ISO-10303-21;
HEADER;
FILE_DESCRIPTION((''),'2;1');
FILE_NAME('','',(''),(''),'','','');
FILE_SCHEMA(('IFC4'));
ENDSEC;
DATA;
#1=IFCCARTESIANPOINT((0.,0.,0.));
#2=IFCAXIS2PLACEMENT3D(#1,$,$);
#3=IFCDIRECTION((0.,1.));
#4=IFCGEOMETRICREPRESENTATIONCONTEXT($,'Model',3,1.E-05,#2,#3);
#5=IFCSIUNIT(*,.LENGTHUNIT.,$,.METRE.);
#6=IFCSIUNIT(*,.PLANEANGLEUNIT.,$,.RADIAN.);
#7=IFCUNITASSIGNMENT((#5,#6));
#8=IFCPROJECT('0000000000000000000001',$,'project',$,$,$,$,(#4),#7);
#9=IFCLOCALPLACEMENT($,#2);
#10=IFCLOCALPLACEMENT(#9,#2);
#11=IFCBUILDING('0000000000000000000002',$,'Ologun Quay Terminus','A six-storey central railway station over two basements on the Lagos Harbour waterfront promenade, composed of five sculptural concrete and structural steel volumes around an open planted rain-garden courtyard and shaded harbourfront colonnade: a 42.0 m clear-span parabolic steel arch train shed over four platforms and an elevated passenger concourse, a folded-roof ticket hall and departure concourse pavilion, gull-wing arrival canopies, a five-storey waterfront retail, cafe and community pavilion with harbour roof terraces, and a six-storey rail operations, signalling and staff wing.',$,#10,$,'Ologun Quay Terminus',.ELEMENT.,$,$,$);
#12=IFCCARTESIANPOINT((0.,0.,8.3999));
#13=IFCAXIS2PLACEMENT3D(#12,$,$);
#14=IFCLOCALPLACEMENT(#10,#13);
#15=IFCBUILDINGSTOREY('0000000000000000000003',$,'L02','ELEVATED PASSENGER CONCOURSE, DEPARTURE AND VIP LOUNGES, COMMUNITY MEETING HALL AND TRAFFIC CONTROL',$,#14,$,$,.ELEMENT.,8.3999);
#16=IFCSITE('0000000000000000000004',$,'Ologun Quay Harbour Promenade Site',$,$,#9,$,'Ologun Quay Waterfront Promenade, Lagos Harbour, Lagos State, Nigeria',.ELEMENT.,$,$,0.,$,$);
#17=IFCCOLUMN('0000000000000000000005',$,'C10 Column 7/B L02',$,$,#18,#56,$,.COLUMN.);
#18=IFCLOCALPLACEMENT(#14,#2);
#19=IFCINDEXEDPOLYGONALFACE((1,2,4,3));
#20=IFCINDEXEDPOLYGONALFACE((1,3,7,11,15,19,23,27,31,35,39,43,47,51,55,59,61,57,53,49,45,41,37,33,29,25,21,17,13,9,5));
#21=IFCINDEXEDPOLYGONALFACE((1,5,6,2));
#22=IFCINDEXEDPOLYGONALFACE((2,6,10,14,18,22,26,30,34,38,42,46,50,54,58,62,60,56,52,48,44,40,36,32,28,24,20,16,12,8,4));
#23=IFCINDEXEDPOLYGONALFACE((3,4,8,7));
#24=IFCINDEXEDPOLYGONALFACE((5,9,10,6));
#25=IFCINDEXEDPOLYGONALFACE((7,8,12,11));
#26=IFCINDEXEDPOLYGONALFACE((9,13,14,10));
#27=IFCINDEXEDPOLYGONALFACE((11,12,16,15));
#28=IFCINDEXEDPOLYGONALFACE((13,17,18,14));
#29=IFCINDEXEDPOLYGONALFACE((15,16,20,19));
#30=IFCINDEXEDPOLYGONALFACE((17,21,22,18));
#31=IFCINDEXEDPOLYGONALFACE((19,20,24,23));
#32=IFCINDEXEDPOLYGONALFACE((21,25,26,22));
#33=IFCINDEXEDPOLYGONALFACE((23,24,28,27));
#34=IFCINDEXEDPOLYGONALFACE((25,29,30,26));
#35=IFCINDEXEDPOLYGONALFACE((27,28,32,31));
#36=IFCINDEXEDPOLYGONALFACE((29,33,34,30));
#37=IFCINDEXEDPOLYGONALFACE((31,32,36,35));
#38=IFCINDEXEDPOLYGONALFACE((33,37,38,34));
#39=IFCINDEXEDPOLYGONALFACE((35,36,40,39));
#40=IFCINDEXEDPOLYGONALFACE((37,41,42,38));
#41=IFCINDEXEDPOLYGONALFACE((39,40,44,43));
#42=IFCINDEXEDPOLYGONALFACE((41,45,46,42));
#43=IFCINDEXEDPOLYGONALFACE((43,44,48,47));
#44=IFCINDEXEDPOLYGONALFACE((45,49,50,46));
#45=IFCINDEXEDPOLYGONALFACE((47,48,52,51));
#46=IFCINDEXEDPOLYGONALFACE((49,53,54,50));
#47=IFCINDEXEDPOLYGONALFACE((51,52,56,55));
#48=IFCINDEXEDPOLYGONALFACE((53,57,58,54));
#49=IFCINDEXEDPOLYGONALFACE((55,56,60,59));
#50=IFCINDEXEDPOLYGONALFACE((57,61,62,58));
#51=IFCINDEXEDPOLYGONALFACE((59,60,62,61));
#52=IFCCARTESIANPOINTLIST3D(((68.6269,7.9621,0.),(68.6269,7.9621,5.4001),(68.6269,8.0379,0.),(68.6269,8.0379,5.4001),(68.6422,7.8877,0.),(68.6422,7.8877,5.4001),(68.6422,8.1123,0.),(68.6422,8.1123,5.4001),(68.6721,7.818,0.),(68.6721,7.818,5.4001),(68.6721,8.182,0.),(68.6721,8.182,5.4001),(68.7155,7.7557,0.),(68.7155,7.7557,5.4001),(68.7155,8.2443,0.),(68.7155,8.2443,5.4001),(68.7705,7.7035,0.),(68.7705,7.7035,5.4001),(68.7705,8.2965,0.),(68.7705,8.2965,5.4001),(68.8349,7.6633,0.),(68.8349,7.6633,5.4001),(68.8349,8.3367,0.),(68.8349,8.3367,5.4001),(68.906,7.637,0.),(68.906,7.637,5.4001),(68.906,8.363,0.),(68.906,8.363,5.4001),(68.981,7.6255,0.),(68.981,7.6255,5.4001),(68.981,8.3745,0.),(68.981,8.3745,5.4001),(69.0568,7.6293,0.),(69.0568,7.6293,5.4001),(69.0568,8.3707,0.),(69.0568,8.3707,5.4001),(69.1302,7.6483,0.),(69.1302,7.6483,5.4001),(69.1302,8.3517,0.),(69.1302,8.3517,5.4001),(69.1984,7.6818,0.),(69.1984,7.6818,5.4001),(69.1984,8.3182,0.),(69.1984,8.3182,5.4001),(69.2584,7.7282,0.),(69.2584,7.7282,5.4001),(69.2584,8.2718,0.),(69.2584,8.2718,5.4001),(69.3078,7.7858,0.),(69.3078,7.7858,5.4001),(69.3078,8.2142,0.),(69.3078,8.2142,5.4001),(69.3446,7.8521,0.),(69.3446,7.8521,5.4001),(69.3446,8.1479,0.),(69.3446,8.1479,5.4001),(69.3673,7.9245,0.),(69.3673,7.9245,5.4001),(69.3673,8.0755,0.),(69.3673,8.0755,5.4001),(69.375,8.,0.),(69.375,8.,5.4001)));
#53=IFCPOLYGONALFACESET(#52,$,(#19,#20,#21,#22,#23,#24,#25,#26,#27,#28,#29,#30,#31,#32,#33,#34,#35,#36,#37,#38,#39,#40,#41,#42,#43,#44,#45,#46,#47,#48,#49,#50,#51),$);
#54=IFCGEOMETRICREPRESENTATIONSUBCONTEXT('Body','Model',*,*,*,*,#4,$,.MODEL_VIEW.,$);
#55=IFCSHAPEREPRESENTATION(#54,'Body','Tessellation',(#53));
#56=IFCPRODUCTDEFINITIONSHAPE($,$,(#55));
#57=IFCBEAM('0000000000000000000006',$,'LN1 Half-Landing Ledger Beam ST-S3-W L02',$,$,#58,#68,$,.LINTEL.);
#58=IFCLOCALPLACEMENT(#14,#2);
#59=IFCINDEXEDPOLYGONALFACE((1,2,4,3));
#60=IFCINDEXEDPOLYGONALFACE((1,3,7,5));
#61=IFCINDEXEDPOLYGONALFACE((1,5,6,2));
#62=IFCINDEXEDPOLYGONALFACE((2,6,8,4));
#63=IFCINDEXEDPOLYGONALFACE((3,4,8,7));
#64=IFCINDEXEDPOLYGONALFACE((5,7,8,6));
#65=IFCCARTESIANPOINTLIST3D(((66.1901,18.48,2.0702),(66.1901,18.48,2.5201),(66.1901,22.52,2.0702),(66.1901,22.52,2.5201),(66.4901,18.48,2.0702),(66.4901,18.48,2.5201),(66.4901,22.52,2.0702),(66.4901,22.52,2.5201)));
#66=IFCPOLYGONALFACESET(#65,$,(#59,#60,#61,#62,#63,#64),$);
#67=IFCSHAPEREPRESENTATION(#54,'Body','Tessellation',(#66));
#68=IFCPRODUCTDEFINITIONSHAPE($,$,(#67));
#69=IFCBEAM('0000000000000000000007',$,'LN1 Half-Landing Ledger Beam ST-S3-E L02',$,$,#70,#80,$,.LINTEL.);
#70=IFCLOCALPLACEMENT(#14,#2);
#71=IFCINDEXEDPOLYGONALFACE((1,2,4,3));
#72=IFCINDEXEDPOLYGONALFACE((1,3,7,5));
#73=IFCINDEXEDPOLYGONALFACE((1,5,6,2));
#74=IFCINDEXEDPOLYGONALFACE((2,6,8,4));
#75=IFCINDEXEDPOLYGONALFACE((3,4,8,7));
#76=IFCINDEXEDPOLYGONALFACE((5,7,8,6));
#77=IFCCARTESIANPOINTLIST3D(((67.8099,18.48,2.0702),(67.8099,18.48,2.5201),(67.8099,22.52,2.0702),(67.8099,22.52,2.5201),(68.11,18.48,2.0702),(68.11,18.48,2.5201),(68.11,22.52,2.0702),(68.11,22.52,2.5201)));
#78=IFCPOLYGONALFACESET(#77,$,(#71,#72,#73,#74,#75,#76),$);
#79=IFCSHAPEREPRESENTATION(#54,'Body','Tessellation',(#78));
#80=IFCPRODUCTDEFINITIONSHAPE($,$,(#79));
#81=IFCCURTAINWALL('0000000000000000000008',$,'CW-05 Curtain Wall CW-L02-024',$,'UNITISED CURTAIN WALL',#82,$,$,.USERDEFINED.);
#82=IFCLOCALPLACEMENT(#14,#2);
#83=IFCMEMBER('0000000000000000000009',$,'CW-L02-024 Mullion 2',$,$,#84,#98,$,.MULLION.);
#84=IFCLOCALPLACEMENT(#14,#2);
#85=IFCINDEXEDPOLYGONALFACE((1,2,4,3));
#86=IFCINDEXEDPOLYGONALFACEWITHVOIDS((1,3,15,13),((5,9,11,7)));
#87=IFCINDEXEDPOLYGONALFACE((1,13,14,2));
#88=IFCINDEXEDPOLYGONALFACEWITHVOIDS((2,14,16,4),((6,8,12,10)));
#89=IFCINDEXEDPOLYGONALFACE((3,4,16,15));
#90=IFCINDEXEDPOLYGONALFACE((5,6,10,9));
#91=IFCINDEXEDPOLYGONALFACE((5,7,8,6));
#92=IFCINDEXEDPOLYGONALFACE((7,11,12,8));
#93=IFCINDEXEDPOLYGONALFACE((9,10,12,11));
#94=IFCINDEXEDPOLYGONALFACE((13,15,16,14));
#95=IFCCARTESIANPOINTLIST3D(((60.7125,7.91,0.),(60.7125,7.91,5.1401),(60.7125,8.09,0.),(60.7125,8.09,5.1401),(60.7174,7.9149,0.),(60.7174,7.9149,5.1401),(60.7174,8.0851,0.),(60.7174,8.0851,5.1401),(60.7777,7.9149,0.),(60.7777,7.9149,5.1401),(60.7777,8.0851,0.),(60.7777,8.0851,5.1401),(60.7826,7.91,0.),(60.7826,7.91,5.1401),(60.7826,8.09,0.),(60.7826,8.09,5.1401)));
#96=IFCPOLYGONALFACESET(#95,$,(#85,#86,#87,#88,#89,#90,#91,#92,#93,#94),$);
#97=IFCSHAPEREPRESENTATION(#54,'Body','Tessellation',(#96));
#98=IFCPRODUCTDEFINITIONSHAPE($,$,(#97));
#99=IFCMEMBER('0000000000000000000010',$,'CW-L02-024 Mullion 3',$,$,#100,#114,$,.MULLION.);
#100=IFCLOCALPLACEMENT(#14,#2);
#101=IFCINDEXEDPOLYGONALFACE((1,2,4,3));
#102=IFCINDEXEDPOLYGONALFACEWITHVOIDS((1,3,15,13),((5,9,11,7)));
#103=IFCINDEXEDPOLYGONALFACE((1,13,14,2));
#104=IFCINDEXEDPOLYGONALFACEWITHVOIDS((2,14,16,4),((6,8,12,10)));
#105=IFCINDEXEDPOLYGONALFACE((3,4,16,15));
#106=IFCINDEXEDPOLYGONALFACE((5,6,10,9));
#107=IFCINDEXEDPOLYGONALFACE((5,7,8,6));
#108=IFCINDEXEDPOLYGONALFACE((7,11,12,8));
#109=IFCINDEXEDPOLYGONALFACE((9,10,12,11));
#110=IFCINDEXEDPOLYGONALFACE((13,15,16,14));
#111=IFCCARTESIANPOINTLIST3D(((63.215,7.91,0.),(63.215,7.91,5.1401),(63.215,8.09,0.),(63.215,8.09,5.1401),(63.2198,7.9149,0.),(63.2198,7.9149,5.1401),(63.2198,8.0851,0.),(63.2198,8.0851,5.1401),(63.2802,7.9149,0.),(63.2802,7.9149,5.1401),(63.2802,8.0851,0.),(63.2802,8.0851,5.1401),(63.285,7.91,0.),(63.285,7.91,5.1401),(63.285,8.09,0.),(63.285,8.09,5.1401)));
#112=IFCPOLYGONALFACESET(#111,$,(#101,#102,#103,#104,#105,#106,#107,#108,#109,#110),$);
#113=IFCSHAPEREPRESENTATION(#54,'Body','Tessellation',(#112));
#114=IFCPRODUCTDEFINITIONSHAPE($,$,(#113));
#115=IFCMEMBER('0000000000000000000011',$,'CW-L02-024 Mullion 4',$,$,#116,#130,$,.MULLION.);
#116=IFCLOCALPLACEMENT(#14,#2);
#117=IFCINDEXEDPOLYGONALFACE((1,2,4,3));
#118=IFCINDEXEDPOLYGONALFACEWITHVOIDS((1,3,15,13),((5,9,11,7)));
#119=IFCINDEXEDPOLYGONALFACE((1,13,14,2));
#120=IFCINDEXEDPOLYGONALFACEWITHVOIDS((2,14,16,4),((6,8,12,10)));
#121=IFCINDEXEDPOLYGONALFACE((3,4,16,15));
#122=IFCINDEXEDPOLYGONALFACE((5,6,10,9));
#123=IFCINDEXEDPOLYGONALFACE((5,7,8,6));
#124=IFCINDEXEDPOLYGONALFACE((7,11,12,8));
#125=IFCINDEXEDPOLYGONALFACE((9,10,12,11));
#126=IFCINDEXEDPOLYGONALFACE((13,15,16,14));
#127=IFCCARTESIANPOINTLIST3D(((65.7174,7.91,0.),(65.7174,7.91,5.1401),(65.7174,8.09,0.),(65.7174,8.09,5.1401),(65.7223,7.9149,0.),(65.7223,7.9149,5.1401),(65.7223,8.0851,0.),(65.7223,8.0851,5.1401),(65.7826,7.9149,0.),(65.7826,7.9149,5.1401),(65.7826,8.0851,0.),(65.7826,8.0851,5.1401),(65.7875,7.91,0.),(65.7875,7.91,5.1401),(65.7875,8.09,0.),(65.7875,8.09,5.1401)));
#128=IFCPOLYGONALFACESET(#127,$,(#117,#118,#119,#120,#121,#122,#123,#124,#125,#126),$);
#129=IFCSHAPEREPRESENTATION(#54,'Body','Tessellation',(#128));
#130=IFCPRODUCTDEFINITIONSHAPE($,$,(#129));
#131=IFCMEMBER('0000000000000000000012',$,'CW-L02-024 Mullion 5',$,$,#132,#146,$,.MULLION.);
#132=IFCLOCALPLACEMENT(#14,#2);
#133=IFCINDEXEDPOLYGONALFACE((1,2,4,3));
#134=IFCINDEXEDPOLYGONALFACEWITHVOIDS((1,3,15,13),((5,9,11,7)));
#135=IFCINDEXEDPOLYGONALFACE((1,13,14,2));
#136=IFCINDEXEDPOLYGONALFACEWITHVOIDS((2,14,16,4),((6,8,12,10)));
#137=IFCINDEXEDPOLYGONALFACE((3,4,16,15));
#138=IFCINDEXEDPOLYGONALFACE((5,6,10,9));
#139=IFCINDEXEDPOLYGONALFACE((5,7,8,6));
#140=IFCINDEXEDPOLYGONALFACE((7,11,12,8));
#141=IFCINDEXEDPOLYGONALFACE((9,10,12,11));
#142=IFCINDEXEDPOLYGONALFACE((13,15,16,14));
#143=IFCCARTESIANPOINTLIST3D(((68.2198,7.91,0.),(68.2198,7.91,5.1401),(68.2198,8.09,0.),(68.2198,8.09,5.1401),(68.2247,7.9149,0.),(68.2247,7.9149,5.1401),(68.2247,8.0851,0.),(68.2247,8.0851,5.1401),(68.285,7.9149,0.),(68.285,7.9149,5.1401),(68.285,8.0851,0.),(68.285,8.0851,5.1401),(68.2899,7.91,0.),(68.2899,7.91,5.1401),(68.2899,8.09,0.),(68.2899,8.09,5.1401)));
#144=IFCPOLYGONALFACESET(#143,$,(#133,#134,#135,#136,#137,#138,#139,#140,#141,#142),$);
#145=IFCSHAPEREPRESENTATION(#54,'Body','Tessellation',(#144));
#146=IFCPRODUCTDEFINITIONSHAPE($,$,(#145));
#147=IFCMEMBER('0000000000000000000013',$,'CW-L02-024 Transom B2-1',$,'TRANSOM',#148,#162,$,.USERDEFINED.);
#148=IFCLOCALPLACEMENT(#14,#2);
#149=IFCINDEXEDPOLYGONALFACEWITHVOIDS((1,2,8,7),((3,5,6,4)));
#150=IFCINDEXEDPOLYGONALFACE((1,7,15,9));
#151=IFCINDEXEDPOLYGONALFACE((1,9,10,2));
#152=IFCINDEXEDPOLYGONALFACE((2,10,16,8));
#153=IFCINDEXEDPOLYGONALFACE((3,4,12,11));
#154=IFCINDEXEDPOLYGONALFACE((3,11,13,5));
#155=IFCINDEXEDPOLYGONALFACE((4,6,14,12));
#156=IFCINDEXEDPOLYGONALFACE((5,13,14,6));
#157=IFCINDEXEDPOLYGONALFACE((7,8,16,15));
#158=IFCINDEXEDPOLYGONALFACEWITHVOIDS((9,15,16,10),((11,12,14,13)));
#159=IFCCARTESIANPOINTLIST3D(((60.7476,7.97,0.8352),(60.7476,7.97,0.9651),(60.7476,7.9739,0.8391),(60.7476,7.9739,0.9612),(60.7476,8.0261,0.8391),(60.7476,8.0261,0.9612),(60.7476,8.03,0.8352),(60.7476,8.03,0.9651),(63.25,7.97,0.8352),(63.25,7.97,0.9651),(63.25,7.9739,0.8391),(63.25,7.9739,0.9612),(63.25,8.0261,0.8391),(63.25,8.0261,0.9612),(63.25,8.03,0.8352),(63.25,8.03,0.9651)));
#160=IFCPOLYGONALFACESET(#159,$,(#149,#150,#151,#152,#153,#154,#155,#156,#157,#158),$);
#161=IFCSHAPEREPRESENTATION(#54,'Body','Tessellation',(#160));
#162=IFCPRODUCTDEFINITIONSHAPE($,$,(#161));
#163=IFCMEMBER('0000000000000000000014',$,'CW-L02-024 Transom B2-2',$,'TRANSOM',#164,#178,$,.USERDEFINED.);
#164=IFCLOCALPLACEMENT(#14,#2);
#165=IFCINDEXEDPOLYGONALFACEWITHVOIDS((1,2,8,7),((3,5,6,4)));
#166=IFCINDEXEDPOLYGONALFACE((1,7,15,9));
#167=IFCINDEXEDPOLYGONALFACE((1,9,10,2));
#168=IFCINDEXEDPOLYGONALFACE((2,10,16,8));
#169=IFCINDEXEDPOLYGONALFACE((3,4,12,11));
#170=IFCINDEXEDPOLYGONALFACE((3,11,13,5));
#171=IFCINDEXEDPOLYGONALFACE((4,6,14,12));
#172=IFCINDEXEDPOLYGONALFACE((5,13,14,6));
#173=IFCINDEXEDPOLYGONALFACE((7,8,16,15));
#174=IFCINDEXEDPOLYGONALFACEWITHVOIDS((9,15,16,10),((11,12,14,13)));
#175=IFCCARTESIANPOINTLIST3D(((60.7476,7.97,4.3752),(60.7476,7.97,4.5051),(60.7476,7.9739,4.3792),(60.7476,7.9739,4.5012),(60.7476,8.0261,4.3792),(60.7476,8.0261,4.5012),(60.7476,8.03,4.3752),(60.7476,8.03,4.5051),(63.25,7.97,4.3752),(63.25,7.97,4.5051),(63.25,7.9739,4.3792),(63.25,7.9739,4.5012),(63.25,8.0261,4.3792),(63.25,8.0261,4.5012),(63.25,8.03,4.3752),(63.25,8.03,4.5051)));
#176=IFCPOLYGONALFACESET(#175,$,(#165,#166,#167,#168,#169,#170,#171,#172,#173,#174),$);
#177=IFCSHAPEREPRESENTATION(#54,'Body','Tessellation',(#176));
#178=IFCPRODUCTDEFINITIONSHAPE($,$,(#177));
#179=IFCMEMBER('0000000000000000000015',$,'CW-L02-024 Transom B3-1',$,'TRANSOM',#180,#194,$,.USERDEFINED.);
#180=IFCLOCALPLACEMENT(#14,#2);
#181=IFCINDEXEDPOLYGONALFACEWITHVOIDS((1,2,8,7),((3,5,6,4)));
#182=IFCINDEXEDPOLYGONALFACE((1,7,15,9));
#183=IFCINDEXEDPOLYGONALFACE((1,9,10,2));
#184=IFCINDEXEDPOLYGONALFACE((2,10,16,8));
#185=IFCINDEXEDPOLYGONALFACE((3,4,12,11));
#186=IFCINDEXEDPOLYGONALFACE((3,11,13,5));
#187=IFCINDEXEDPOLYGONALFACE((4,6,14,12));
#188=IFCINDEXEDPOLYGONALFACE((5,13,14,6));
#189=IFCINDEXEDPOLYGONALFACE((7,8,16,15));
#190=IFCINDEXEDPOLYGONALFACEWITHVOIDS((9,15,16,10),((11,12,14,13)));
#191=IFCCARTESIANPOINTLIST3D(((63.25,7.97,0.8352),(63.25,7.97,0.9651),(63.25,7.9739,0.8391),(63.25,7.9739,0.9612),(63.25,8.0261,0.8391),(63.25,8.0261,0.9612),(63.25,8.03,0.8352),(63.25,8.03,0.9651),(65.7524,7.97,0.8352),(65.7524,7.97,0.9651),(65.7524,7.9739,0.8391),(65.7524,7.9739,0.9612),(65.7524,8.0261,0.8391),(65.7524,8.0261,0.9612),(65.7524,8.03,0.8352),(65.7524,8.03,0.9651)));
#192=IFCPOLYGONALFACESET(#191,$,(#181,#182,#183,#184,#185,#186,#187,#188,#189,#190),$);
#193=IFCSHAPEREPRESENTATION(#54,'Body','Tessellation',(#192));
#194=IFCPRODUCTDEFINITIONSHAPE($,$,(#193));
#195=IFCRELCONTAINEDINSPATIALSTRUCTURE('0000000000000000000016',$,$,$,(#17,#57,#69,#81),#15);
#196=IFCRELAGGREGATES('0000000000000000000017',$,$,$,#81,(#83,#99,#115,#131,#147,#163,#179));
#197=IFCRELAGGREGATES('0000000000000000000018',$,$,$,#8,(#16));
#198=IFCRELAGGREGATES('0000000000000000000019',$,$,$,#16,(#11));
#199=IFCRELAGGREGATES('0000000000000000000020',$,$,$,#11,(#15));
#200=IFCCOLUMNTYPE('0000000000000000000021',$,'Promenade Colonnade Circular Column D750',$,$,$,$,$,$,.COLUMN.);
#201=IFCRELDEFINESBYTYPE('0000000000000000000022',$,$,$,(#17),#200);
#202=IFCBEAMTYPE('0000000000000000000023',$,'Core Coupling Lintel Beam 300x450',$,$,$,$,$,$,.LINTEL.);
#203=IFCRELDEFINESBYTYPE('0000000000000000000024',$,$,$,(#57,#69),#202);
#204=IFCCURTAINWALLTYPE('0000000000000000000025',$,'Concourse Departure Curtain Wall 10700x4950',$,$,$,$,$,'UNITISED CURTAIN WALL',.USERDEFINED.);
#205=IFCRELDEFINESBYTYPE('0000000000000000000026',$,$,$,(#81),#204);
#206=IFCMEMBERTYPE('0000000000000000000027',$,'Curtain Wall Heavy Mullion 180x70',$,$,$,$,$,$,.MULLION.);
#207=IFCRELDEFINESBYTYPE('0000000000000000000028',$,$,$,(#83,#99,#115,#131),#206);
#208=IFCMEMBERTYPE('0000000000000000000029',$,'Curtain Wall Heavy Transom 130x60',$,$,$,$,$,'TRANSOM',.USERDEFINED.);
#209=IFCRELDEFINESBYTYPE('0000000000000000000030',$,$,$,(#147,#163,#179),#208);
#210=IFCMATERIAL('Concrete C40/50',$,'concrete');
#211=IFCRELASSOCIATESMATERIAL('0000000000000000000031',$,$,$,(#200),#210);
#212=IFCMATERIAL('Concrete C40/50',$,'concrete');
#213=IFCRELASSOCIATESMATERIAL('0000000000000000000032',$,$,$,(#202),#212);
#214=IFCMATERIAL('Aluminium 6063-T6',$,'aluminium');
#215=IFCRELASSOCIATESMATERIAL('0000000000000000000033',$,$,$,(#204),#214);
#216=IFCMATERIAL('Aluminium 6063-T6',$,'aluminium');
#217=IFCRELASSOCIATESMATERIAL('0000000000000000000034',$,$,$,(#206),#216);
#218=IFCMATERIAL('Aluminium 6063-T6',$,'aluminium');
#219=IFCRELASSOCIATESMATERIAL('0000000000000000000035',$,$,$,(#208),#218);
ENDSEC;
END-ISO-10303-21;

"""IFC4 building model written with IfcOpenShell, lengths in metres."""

from ifc_helpers import new_model, si_unit, direction, frame, origin, origin_2d, place, context, subcontext, project, spatial, rectangle, hollow_rectangle, circle, extrude, material, material_profile, profile_set, type_object, element, aggregate, save


model = new_model("IFC4")

# Units and contexts
model_context = context("Model", 3, precision=1e-05, world=origin(), true_north=direction((0.0, 1.0)))
body_context = subcontext(model_context, "Body", "Model", "MODEL_VIEW")
ifc_project = project(units=[si_unit("LENGTHUNIT", "METRE"), si_unit("PLANEANGLEUNIT", "RADIAN")], contexts=[model_context])

# Site, building, storey
site_placement = place(None, origin())
site = spatial("IfcSite", under=ifc_project, at=site_placement, Name="Ologun Quay Harbour Promenade Site", LongName="Ologun Quay Waterfront Promenade, Lagos Harbour, Lagos State, Nigeria", CompositionType="ELEMENT", RefElevation=0.0)
building_placement = place(site_placement, origin())
building = spatial("IfcBuilding", under=site, at=building_placement, Name="Ologun Quay Terminus", Description="A six-storey central railway station over two basements on the Lagos Harbour waterfront promenade, composed of five sculptural concrete and structural steel volumes around an open planted rain-garden courtyard and shaded harbourfront colonnade: a 42.0 m clear-span parabolic steel arch train shed over four platforms and an elevated passenger concourse, a folded-roof ticket hall and departure concourse pavilion, gull-wing arrival canopies, a five-storey waterfront retail, cafe and community pavilion with harbour roof terraces, and a six-storey rail operations, signalling and staff wing.", LongName="Ologun Quay Terminus", CompositionType="ELEMENT")
storey_placement = place(building_placement, frame((0.0, 0.0, 8.3999)))
storey = spatial("IfcBuildingStorey", under=building, at=storey_placement, Name="L02", Description="ELEVATED PASSENGER CONCOURSE, DEPARTURE AND VIP LOUNGES, COMMUNITY MEETING HALL AND TRAFFIC CONTROL", CompositionType="ELEMENT", Elevation=8.3999)

# Column
ifc_material_1 = material(Name="Concrete C40/50", Category="concrete")
ifc_material_profile_1 = material_profile(ifc_material_1, circle(Radius=0.375, at=origin_2d()), Name="RC D750")
ifc_profile_set_1 = profile_set([ifc_material_profile_1], Name="Concrete C40/50")
column_type = type_object("IfcColumnType", Name="Promenade Colonnade Circular Column D750", PredefinedType="COLUMN", material=ifc_profile_set_1)
column_placement = place(storey_placement, frame((69.0, 8.0, 0.0), z_axis=(0.0, 0.0, 1.0), x_axis=(1.0, 0.0, 0.0)))
element("IfcColumn", 1, at=column_placement, inside=storey, type_object=column_type, Name="C10 Column 7/B L02", PredefinedType="COLUMN", context=body_context, shape_type="SweptSolid", body=[
    extrude(circle(Radius=0.375, at=origin_2d()), origin(), (0.0, 0.0, 1.0), 5.4001),
])

# Beams
ifc_material_2 = material(Name="Concrete C40/50", Category="concrete")
ifc_material_profile_2 = material_profile(ifc_material_2, rectangle(XDim=0.3, YDim=0.45, at=origin_2d()), Name="RC 300x450")
ifc_profile_set_2 = profile_set([ifc_material_profile_2], Name="Concrete C40/50")
beam_type_1 = type_object("IfcBeamType", Name="Core Coupling Lintel Beam 300x450", PredefinedType="LINTEL", material=ifc_profile_set_2)
for number, where, z_axis, x_axis, name in (
    (2, (66.3401, 18.48, 2.2952), (0.0, 1.0, 0.0), (-1.0, 0.0, 0.0), "LN1 Half-Landing Ledger Beam ST-S3-W L02"),
    (3, (67.96, 18.48, 2.2952), (0.0, 1.0, 0.0), (-1.0, 0.0, 0.0), "LN1 Half-Landing Ledger Beam ST-S3-E L02"),
):
    element("IfcBeam", number, at=place(storey_placement, frame(where, z_axis=z_axis, x_axis=x_axis)), inside=storey, type_object=beam_type_1, Name=name, PredefinedType="LINTEL", context=body_context, shape_type="SweptSolid", body=[
        extrude(rectangle(XDim=0.3, YDim=0.45, at=origin_2d()), origin(), (0.0, 0.0, 1.0), 4.04),
    ])

# Curtain wall, members
ifc_material_3 = material(Name="Aluminium 6063-T6", Category="aluminium")
curtain_wall_type = type_object("IfcCurtainWallType", Name="Concourse Departure Curtain Wall 10700x4950", ElementType="UNITISED CURTAIN WALL", PredefinedType="USERDEFINED", material=ifc_material_3)
curtain_wall_placement = place(storey_placement, origin())
curtain_wall = element("IfcCurtainWall", 4, at=curtain_wall_placement, inside=storey, type_object=curtain_wall_type, Name="CW-05 Curtain Wall CW-L02-024", ObjectType="UNITISED CURTAIN WALL", PredefinedType="USERDEFINED")
ifc_material_4 = material(Name="Aluminium 6063-T6", Category="aluminium")
ifc_material_profile_3 = material_profile(ifc_material_4, hollow_rectangle(XDim=0.0701, YDim=0.1799, WallThickness=0.0049, at=origin_2d()), Name="ALU 180x70x5")
ifc_profile_set_3 = profile_set([ifc_material_profile_3], Name="Aluminium 6063-T6")
member_type_1 = type_object("IfcMemberType", Name="Curtain Wall Heavy Mullion 180x70", PredefinedType="MULLION", material=ifc_profile_set_3)
member_1_placement = place(storey_placement, frame((60.7476, 8.0, 0.0), z_axis=(0.0, 0.0, 1.0), x_axis=(1.0, 0.0, 0.0)))
member_1 = element("IfcMember", 5, at=member_1_placement, type_object=member_type_1, Name="CW-L02-024 Mullion 2", PredefinedType="MULLION", context=body_context, shape_type="SweptSolid", body=[
    extrude(hollow_rectangle(XDim=0.0701, YDim=0.1799, WallThickness=0.0049, at=origin_2d()), origin(), (0.0, 0.0, 1.0), 5.1401),
])
member_2_placement = place(storey_placement, frame((63.25, 8.0, 0.0), z_axis=(0.0, 0.0, 1.0), x_axis=(1.0, 0.0, 0.0)))
member_2 = element("IfcMember", 6, at=member_2_placement, type_object=member_type_1, Name="CW-L02-024 Mullion 3", PredefinedType="MULLION", context=body_context, shape_type="SweptSolid", body=[
    extrude(hollow_rectangle(XDim=0.0701, YDim=0.1799, WallThickness=0.0049, at=origin_2d()), origin(), (0.0, 0.0, 1.0), 5.1401),
])
member_3_placement = place(storey_placement, frame((65.7524, 8.0, 0.0), z_axis=(0.0, 0.0, 1.0), x_axis=(1.0, 0.0, 0.0)))
member_3 = element("IfcMember", 7, at=member_3_placement, type_object=member_type_1, Name="CW-L02-024 Mullion 4", PredefinedType="MULLION", context=body_context, shape_type="SweptSolid", body=[
    extrude(hollow_rectangle(XDim=0.0701, YDim=0.1799, WallThickness=0.0049, at=origin_2d()), origin(), (0.0, 0.0, 1.0), 5.1401),
])
member_4_placement = place(storey_placement, frame((68.2549, 8.0, 0.0), z_axis=(0.0, 0.0, 1.0), x_axis=(1.0, 0.0, 0.0)))
member_4 = element("IfcMember", 8, at=member_4_placement, type_object=member_type_1, Name="CW-L02-024 Mullion 5", PredefinedType="MULLION", context=body_context, shape_type="SweptSolid", body=[
    extrude(hollow_rectangle(XDim=0.0701, YDim=0.1799, WallThickness=0.0049, at=origin_2d()), origin(), (0.0, 0.0, 1.0), 5.1401),
])
ifc_material_5 = material(Name="Aluminium 6063-T6", Category="aluminium")
ifc_material_profile_4 = material_profile(ifc_material_5, hollow_rectangle(XDim=0.0601, YDim=0.1299, WallThickness=0.0039, at=origin_2d()), Name="ALU 130x60x4")
ifc_profile_set_4 = profile_set([ifc_material_profile_4], Name="Aluminium 6063-T6")
member_type_2 = type_object("IfcMemberType", Name="Curtain Wall Heavy Transom 130x60", ElementType="TRANSOM", PredefinedType="USERDEFINED", material=ifc_profile_set_4)
member_5_placement = place(storey_placement, frame((60.7476, 8.0, 0.9001), z_axis=(1.0, 0.0, 0.0), x_axis=(0.0, 1.0, 0.0)))
member_5 = element("IfcMember", 9, at=member_5_placement, type_object=member_type_2, Name="CW-L02-024 Transom B2-1", ObjectType="TRANSOM", PredefinedType="USERDEFINED", context=body_context, shape_type="SweptSolid", body=[
    extrude(hollow_rectangle(XDim=0.0601, YDim=0.1299, WallThickness=0.0039, at=origin_2d()), origin(), (0.0, 0.0, 1.0), 2.5024),
])
member_6_placement = place(storey_placement, frame((60.7476, 8.0, 4.4402), z_axis=(1.0, 0.0, 0.0), x_axis=(0.0, 1.0, 0.0)))
member_6 = element("IfcMember", 10, at=member_6_placement, type_object=member_type_2, Name="CW-L02-024 Transom B2-2", ObjectType="TRANSOM", PredefinedType="USERDEFINED", context=body_context, shape_type="SweptSolid", body=[
    extrude(hollow_rectangle(XDim=0.0601, YDim=0.1299, WallThickness=0.0039, at=origin_2d()), origin(), (0.0, 0.0, 1.0), 2.5024),
])
member_7_placement = place(storey_placement, frame((63.25, 8.0, 0.9001), z_axis=(1.0, 0.0, 0.0), x_axis=(0.0, 1.0, 0.0)))
member_7 = element("IfcMember", 11, at=member_7_placement, type_object=member_type_2, Name="CW-L02-024 Transom B3-1", ObjectType="TRANSOM", PredefinedType="USERDEFINED", context=body_context, shape_type="SweptSolid", body=[
    extrude(hollow_rectangle(XDim=0.0601, YDim=0.1299, WallThickness=0.0039, at=origin_2d()), origin(), (0.0, 0.0, 1.0), 2.5024),
])

aggregate(curtain_wall, [member_1, member_2, member_3, member_4, member_5, member_6, member_7])

save(model, "model.ifc")
